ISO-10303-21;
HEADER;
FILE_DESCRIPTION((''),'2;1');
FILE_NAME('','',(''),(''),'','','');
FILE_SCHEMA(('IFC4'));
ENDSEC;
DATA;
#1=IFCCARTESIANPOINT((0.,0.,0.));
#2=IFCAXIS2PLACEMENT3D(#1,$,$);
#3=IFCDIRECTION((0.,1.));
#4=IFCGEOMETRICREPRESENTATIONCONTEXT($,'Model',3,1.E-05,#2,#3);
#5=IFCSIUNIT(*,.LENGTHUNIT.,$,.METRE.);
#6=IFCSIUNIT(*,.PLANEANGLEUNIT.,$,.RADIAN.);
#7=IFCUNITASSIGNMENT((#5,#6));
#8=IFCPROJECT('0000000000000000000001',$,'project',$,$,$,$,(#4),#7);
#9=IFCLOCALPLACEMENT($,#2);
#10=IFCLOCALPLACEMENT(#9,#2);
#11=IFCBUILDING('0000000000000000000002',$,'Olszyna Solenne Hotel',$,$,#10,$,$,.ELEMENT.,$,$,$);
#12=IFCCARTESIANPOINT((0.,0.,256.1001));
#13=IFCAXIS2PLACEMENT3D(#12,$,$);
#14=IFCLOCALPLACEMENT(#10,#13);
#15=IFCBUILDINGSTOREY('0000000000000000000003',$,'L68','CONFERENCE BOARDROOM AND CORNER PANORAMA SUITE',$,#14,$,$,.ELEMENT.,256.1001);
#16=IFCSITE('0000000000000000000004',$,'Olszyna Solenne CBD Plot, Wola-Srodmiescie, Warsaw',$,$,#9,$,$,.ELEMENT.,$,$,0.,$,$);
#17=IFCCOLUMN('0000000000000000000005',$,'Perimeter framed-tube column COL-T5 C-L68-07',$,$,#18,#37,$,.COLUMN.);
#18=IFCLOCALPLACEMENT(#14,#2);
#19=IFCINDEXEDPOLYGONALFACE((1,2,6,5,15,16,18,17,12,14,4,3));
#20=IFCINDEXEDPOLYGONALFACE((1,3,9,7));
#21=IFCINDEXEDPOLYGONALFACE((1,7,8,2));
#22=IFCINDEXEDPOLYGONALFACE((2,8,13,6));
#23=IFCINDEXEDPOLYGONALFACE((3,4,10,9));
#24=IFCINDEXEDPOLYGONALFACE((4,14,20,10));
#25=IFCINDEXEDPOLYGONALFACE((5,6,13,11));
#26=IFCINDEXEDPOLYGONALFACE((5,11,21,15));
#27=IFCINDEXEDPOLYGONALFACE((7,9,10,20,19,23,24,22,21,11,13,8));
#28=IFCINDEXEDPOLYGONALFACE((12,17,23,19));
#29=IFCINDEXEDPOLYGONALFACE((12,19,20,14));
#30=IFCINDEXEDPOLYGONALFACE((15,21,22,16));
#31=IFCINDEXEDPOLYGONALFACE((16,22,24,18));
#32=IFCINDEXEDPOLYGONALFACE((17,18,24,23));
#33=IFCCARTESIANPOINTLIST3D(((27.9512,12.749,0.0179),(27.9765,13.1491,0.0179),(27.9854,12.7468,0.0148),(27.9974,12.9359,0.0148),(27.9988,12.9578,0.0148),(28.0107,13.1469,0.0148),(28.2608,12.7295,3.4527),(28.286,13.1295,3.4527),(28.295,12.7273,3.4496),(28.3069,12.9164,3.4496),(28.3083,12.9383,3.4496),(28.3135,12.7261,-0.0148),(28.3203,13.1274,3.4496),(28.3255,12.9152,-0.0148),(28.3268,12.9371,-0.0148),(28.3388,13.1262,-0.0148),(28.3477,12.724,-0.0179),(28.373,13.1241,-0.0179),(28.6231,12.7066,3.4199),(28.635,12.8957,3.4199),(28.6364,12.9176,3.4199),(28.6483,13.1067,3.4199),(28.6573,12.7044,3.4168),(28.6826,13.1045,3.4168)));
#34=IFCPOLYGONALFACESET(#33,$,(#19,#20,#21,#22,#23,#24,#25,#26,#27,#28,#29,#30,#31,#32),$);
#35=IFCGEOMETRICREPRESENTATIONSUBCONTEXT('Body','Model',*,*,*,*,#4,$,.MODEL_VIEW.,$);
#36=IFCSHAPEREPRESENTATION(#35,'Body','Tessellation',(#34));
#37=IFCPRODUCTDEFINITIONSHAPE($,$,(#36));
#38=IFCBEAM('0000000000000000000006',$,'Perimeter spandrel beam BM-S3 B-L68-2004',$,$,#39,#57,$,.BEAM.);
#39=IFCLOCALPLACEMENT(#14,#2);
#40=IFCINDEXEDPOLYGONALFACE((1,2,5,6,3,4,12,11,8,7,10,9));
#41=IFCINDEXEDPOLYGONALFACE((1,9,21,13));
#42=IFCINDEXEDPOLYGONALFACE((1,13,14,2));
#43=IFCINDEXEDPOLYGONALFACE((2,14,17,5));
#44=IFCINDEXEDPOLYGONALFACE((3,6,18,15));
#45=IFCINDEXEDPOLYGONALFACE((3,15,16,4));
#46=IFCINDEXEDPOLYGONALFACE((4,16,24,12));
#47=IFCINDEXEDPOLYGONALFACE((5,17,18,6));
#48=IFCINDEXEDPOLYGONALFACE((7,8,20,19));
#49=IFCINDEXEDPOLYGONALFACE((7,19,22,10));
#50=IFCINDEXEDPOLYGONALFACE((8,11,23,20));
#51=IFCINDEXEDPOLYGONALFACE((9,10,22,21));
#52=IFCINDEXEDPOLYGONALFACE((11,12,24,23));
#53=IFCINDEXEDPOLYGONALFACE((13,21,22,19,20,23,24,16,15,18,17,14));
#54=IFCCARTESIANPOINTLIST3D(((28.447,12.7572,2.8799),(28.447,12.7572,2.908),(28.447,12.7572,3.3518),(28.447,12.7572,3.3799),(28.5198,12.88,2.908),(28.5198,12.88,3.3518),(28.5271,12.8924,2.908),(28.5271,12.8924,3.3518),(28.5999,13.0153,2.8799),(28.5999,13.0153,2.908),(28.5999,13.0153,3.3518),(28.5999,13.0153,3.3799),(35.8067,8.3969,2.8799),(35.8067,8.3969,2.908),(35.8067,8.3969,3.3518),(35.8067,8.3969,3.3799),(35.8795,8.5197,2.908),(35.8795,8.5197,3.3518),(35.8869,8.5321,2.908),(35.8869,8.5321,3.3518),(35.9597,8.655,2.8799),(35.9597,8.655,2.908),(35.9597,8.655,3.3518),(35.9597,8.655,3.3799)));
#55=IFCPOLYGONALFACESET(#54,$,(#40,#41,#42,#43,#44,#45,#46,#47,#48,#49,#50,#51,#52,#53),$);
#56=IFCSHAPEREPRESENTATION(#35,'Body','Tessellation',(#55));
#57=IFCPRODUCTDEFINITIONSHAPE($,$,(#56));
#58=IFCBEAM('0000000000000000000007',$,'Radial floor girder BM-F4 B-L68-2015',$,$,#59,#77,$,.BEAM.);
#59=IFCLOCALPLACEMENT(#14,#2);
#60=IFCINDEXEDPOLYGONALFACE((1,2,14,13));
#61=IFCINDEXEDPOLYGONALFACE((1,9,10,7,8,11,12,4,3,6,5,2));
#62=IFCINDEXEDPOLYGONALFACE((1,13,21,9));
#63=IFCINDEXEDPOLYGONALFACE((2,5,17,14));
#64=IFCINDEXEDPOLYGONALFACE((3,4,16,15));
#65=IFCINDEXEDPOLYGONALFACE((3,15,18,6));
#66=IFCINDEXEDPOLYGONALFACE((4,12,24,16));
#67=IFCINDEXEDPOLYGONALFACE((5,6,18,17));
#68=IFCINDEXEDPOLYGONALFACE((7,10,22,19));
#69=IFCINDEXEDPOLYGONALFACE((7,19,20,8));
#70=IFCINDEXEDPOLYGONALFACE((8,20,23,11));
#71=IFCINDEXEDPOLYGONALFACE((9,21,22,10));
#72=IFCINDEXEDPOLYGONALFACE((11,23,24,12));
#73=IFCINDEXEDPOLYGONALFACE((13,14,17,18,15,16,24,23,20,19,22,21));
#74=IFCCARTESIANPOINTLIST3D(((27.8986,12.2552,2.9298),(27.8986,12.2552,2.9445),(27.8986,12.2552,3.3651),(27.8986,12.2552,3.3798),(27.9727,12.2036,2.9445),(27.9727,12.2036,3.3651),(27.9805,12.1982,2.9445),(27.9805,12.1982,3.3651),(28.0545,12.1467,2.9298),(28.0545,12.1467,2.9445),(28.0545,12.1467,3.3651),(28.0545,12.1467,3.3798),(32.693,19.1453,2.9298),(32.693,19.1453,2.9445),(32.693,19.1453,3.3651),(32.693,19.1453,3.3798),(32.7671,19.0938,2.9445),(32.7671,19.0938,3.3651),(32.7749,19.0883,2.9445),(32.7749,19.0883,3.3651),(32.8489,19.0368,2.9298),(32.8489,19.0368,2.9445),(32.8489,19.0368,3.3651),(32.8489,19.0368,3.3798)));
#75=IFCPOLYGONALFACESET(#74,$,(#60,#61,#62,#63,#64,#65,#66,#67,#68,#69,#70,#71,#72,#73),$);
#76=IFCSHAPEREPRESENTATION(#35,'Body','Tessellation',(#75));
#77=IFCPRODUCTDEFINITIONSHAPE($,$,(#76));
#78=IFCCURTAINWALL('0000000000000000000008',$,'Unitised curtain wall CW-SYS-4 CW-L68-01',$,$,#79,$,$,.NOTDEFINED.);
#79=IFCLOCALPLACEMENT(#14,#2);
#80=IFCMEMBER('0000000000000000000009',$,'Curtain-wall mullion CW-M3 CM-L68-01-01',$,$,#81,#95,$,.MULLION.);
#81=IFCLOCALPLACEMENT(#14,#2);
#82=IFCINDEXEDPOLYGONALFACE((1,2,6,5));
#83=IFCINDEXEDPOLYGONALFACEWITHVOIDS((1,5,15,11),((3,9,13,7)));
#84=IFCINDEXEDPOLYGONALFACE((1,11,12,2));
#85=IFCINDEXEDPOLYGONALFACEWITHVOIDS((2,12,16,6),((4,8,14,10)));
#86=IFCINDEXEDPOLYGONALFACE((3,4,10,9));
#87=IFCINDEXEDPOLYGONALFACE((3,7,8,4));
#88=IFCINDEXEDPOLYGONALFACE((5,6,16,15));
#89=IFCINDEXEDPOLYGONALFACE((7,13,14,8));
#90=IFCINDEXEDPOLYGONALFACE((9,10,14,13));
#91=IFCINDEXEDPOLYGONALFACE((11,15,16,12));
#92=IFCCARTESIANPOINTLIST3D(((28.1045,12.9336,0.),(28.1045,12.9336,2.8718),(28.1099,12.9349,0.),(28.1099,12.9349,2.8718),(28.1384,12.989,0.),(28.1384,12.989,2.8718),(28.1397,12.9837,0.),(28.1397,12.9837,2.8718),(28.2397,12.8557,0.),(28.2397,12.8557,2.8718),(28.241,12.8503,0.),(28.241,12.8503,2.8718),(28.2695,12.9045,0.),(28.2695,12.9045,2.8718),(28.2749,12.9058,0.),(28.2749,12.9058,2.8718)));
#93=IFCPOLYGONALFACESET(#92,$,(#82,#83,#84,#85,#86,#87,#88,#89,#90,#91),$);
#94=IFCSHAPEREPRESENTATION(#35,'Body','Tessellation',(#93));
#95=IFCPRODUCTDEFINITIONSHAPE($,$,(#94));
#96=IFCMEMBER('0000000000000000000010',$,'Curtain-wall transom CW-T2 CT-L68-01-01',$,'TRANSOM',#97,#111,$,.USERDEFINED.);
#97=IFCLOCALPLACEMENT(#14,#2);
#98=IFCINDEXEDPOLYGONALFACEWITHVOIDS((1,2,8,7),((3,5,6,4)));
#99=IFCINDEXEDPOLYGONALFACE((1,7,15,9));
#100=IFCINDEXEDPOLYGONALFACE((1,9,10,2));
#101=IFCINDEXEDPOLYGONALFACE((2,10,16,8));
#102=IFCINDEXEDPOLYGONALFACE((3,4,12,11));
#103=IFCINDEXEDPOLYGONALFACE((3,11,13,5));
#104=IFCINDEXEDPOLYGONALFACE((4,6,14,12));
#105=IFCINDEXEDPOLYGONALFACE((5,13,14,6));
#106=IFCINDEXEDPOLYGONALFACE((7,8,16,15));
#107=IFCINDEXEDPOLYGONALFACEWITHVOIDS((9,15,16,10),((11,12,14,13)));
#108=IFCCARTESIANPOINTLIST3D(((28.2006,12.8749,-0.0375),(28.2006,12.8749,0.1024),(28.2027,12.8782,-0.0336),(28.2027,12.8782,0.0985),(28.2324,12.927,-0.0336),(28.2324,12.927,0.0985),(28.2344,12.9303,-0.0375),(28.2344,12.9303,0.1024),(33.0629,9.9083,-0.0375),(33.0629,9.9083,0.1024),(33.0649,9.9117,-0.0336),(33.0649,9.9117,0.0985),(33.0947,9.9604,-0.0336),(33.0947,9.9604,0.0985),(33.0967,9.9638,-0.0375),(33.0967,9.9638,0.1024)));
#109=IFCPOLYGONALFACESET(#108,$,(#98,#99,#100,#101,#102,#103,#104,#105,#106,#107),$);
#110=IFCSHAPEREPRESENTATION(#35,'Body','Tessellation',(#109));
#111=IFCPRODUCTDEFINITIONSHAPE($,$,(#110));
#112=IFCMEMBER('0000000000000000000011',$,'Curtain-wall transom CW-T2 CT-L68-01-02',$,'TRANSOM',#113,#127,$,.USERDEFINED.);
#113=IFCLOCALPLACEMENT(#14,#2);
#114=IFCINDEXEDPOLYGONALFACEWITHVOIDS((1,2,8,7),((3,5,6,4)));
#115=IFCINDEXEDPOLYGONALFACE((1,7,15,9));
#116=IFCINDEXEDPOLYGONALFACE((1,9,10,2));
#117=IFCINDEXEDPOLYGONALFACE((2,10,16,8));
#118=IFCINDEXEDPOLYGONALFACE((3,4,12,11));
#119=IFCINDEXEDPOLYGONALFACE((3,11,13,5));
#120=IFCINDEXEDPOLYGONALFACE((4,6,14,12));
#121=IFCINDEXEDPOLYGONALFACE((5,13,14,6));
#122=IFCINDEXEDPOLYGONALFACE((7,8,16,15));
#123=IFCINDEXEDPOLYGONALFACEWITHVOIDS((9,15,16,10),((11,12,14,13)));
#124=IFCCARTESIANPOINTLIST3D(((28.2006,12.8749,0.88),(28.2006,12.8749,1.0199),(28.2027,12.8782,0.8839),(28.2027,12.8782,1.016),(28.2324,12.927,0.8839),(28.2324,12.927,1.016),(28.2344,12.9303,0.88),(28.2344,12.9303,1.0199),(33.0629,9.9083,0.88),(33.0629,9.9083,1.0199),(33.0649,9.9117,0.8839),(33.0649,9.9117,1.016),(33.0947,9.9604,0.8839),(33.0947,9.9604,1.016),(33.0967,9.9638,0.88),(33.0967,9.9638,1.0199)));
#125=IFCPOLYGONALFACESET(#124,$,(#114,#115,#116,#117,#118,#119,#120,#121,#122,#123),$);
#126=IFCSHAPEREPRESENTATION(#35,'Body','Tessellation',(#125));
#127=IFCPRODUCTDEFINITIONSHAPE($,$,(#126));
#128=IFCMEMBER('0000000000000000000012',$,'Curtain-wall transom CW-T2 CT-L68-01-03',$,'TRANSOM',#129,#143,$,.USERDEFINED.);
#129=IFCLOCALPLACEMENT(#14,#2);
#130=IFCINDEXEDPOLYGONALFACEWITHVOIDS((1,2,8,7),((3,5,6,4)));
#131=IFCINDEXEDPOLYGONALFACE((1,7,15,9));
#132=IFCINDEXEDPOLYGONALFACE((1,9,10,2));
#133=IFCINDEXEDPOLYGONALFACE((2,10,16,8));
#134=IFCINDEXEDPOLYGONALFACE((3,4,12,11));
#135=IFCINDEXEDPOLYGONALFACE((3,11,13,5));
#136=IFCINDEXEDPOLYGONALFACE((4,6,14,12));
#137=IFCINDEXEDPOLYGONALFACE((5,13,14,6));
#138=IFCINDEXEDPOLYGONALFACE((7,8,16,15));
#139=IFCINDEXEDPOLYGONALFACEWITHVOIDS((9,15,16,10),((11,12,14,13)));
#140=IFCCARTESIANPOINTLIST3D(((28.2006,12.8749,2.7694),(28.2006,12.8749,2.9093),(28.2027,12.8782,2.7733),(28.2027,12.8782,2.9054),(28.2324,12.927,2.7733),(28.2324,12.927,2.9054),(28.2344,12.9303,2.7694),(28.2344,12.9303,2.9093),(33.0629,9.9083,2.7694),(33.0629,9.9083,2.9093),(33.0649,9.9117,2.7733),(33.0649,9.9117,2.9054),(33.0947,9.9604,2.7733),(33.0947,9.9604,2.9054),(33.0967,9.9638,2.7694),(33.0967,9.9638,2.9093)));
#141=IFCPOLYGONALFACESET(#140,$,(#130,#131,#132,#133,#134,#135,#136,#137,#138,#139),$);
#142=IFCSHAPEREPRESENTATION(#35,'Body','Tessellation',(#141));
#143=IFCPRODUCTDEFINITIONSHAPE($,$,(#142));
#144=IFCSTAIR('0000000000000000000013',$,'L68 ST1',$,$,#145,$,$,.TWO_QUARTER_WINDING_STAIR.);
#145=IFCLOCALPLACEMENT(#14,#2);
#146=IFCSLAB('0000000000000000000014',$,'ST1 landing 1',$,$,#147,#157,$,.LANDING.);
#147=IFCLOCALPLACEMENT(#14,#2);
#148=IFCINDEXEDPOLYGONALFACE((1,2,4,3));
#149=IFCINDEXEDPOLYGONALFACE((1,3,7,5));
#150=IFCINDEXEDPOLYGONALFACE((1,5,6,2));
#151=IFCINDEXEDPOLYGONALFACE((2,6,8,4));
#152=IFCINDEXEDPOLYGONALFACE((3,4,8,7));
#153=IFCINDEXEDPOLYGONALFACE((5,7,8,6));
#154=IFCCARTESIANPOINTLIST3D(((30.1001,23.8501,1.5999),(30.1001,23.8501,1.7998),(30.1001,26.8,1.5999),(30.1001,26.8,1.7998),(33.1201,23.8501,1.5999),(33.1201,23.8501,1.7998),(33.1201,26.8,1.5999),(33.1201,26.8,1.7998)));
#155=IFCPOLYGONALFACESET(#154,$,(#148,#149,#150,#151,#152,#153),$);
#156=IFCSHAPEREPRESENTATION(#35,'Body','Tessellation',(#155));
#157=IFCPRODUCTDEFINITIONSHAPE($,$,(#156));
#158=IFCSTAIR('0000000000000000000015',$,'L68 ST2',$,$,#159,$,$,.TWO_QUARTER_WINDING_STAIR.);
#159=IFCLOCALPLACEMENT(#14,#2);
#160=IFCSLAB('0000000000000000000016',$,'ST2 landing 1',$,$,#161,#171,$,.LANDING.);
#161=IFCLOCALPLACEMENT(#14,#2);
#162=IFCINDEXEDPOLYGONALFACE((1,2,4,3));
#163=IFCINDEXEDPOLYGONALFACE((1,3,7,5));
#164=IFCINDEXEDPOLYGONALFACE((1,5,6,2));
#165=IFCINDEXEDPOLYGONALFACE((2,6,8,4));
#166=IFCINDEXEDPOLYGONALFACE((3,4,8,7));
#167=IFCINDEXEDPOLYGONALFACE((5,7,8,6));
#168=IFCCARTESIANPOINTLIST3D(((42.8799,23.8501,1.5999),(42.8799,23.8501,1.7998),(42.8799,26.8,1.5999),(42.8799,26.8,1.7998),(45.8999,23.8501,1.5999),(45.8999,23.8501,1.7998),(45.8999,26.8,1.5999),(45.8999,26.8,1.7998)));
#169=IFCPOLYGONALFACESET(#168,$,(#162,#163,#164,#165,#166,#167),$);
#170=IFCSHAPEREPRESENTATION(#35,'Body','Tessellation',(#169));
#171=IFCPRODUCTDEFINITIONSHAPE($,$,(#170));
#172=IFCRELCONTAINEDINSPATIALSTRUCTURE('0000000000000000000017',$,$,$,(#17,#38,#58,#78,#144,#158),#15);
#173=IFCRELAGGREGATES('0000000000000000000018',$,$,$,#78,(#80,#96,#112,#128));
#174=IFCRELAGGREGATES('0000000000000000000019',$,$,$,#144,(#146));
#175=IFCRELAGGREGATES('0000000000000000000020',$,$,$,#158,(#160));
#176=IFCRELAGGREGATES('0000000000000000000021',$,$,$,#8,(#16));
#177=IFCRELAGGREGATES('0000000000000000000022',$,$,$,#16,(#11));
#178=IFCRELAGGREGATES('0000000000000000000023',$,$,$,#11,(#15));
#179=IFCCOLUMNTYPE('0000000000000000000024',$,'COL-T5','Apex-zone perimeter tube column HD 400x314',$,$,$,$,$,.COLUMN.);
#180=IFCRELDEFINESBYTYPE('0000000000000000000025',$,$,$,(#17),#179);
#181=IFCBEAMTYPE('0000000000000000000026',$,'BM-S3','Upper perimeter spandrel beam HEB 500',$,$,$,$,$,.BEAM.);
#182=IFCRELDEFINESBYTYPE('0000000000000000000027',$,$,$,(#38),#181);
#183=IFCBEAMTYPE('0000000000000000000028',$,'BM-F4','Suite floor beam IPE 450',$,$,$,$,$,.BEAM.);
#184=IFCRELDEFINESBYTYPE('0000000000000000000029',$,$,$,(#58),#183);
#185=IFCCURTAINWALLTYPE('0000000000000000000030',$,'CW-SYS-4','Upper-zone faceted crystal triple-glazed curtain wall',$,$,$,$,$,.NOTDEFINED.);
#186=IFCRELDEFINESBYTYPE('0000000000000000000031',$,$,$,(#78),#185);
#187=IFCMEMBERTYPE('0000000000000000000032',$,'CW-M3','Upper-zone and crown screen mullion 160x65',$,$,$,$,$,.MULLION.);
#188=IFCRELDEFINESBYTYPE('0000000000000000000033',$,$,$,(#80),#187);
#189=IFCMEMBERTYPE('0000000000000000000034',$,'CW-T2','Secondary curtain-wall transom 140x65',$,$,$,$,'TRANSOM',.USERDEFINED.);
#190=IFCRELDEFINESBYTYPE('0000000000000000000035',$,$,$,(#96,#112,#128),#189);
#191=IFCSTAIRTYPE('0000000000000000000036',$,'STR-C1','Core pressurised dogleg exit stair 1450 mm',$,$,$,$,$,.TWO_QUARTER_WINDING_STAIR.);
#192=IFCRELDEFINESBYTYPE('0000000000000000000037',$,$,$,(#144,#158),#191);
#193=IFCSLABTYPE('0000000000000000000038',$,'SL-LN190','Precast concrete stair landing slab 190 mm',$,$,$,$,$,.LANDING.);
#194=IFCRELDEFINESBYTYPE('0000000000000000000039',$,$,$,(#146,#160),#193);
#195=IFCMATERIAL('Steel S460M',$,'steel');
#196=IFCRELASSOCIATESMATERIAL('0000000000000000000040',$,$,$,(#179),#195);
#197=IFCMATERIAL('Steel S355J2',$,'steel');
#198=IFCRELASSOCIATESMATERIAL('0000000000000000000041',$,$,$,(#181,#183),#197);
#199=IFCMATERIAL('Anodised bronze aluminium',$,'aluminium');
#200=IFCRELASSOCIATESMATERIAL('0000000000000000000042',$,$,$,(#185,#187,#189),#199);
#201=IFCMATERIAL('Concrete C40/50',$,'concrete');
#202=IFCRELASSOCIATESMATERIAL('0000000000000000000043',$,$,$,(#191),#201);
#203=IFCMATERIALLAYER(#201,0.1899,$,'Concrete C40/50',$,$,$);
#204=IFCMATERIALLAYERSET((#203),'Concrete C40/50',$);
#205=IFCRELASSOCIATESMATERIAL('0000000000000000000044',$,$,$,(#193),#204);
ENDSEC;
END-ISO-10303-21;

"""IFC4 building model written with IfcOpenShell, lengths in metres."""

from ifc_helpers import new_model, si_unit, direction, frame, origin, origin_2d, place, context, subcontext, project, spatial, polyline, hollow_rectangle, i_section, outline, extrude, source, transform, mapped, material, layer, layer_set, material_profile, profile_set, type_object, element, aggregate, save


model = new_model("IFC4")

# Units and contexts
model_context = context("Model", 3, precision=1e-05, world=origin(), true_north=direction((0.0, 1.0)))
body_context = subcontext(model_context, "Body", "Model", "MODEL_VIEW")
ifc_project = project(units=[si_unit("LENGTHUNIT", "METRE"), si_unit("PLANEANGLEUNIT", "RADIAN")], contexts=[model_context])

# Site, building, storey
site_placement = place(None, origin())
site = spatial("IfcSite", under=ifc_project, at=site_placement, Name="Olszyna Solenne CBD Plot, Wola-Srodmiescie, Warsaw", CompositionType="ELEMENT", RefElevation=0.0)
building_placement = place(site_placement, origin())
building = spatial("IfcBuilding", under=site, at=building_placement, Name="Olszyna Solenne Hotel", CompositionType="ELEMENT")
storey_placement = place(building_placement, frame((0.0, 0.0, 256.1001)))
storey = spatial("IfcBuildingStorey", under=building, at=storey_placement, Name="L68", Description="CONFERENCE BOARDROOM AND CORNER PANORAMA SUITE", CompositionType="ELEMENT", Elevation=256.1001)

# Column
ifc_material_1 = material(Name="Steel S460M", Category="steel")
ifc_material_profile_1 = material_profile(ifc_material_1, i_section(OverallWidth=0.4009, OverallDepth=0.3989, WebThickness=0.022, FlangeThickness=0.0344, at=origin_2d()), Name="HD 400x314", Category="load-bearing")
ifc_profile_set_1 = profile_set([ifc_material_profile_1], Name="Steel S460M")
column_type = type_object("IfcColumnType", Name="COL-T5", Description="Apex-zone perimeter tube column HD 400x314", PredefinedType="COLUMN", material=ifc_profile_set_1)
shared_shape_1 = source(origin(), body_context, "Body", "SweptSolid", [
    extrude(i_section(OverallWidth=0.4009, OverallDepth=0.3989, WebThickness=0.022, FlangeThickness=0.0344, at=origin_2d()), origin(), (0.0, 0.0, 1.0), 3.4487),
])
column_placement = place(storey_placement, frame((28.1621, 12.9365, 0.0), z_axis=(0.089762, -0.005663, 0.995947), x_axis=(0.062966, 0.998016, 0.0)))
element("IfcColumn", 1, at=column_placement, inside=storey, type_object=column_type, Name="Perimeter framed-tube column COL-T5 C-L68-07", PredefinedType="COLUMN", context=body_context, shape_type="MappedRepresentation", body=[
    mapped(shared_shape_1, transform((0.0, 0.0, 0.0), x_axis=(1.0, 0.0, 0.0), y_axis=(0.0, 1.0, 0.0), z_axis=(0.0, 0.0, 1.0), scale=1.0)),
])

# Beams
ifc_material_2 = material(Name="Steel S355J2", Category="steel")
ifc_material_profile_2 = material_profile(ifc_material_2, i_section(OverallWidth=0.3, OverallDepth=0.5, WebThickness=0.0144, FlangeThickness=0.0281, at=origin_2d()), Name="HEB 500", Category="load-bearing")
ifc_profile_set_2 = profile_set([ifc_material_profile_2], Name="Steel S355J2")
beam_type_1 = type_object("IfcBeamType", Name="BM-S3", Description="Upper perimeter spandrel beam HEB 500", PredefinedType="BEAM", material=ifc_profile_set_2)
shared_shape_2 = source(origin(), body_context, "Body", "SweptSolid", [
    extrude(i_section(OverallWidth=0.3, OverallDepth=0.5, WebThickness=0.0144, FlangeThickness=0.0281, at=origin_2d()), origin(), (0.0, 0.0, 1.0), 8.5544),
])
beam_1_placement = place(storey_placement, frame((28.5234, 12.8862, 3.1299), z_axis=(0.860345, -0.509712, 0.0), x_axis=(0.509712, 0.860345, 0.0)))
element("IfcBeam", 2, at=beam_1_placement, inside=storey, type_object=beam_type_1, Name="Perimeter spandrel beam BM-S3 B-L68-2004", PredefinedType="BEAM", context=body_context, shape_type="MappedRepresentation", body=[
    mapped(shared_shape_2, transform((0.0, 0.0, 0.0), x_axis=(1.0, 0.0, 0.0), y_axis=(0.0, 1.0, 0.0), z_axis=(0.0, 0.0, 1.0), scale=1.0)),
])
ifc_material_profile_3 = material_profile(ifc_material_2, i_section(OverallWidth=0.1899, OverallDepth=0.45, WebThickness=0.0095, FlangeThickness=0.0146, at=origin_2d()), Name="IPE 450", Category="load-bearing")
ifc_profile_set_3 = profile_set([ifc_material_profile_3], Name="Steel S355J2")
beam_type_2 = type_object("IfcBeamType", Name="BM-F4", Description="Suite floor beam IPE 450", PredefinedType="BEAM", material=ifc_profile_set_3)
shared_shape_3 = source(origin(), body_context, "Body", "SweptSolid", [
    extrude(i_section(OverallWidth=0.1899, OverallDepth=0.45, WebThickness=0.0095, FlangeThickness=0.0146, at=origin_2d()), origin(), (0.0, 0.0, 1.0), 8.394),
])
beam_2_placement = place(storey_placement, frame((27.9766, 12.2009, 3.1548), z_axis=(0.571168, 0.820833, 0.0), x_axis=(-0.820833, 0.571168, 0.0)))
element("IfcBeam", 3, at=beam_2_placement, inside=storey, type_object=beam_type_2, Name="Radial floor girder BM-F4 B-L68-2015", PredefinedType="BEAM", context=body_context, shape_type="MappedRepresentation", body=[
    mapped(shared_shape_3, transform((0.0, 0.0, 0.0), x_axis=(1.0, 0.0, 0.0), y_axis=(0.0, 1.0, 0.0), z_axis=(0.0, 0.0, 1.0), scale=1.0)),
])

# Curtain wall, members
ifc_material_3 = material(Name="Anodised bronze aluminium", Category="aluminium")
curtain_wall_type = type_object("IfcCurtainWallType", Name="CW-SYS-4", Description="Upper-zone faceted crystal triple-glazed curtain wall", PredefinedType="NOTDEFINED", material=ifc_material_3)
curtain_wall_placement = place(storey_placement, origin())
curtain_wall = element("IfcCurtainWall", 4, at=curtain_wall_placement, inside=storey, type_object=curtain_wall_type, Name="Unitised curtain wall CW-SYS-4 CW-L68-01", PredefinedType="NOTDEFINED")
ifc_material_profile_4 = material_profile(ifc_material_3, hollow_rectangle(XDim=0.0649, YDim=0.1599, WallThickness=0.0039, at=origin_2d()), Name="MULL 160x65x4", Category="load-bearing")
ifc_profile_set_4 = profile_set([ifc_material_profile_4], Name="Anodised bronze aluminium")
member_type_1 = type_object("IfcMemberType", Name="CW-M3", Description="Upper-zone and crown screen mullion 160x65", PredefinedType="MULLION", material=ifc_profile_set_4)
shared_shape_4 = source(origin(), body_context, "Body", "SweptSolid", [
    extrude(hollow_rectangle(XDim=0.0649, YDim=0.1599, WallThickness=0.0039, at=origin_2d()), origin(), (0.0, 0.0, 1.0), 2.8718),
])
member_1_placement = place(storey_placement, frame((28.1897, 12.9197, 0.0), z_axis=(0.0, 0.0, 1.0), x_axis=(0.520829, 0.853661, 0.0)))
member_1 = element("IfcMember", 5, at=member_1_placement, type_object=member_type_1, Name="Curtain-wall mullion CW-M3 CM-L68-01-01", PredefinedType="MULLION", context=body_context, shape_type="MappedRepresentation", body=[
    mapped(shared_shape_4, transform((0.0, 0.0, 0.0), x_axis=(1.0, 0.0, 0.0), y_axis=(0.0, 1.0, 0.0), z_axis=(0.0, 0.0, 1.0), scale=1.0)),
])
ifc_material_profile_5 = material_profile(ifc_material_3, hollow_rectangle(XDim=0.0649, YDim=0.1399, WallThickness=0.0039, at=origin_2d()), Name="TRAN 140x65x4", Category="load-bearing")
ifc_profile_set_5 = profile_set([ifc_material_profile_5], Name="Anodised bronze aluminium")
member_type_2 = type_object("IfcMemberType", Name="CW-T2", Description="Secondary curtain-wall transom 140x65", ElementType="TRANSOM", PredefinedType="USERDEFINED", material=ifc_profile_set_5)
shared_shape_5 = source(origin(), body_context, "Body", "SweptSolid", [
    extrude(hollow_rectangle(XDim=0.0649, YDim=0.1399, WallThickness=0.0039, at=origin_2d()), origin(), (0.0, 0.0, 1.0), 5.6958),
])
member_2_placement = place(storey_placement, frame((28.2175, 12.9026, 0.0325), z_axis=(0.853661, -0.520829, 0.0), x_axis=(0.520829, 0.853661, 0.0)))
member_2 = element("IfcMember", 6, at=member_2_placement, type_object=member_type_2, Name="Curtain-wall transom CW-T2 CT-L68-01-01", ObjectType="TRANSOM", PredefinedType="USERDEFINED", context=body_context, shape_type="MappedRepresentation", body=[
    mapped(shared_shape_5, transform((0.0, 0.0, 0.0), x_axis=(1.0, 0.0, 0.0), y_axis=(0.0, 1.0, 0.0), z_axis=(0.0, 0.0, 1.0), scale=1.0)),
])
member_3_placement = place(storey_placement, frame((28.2175, 12.9026, 0.95), z_axis=(0.853661, -0.520829, 0.0), x_axis=(0.520829, 0.853661, 0.0)))
member_3 = element("IfcMember", 7, at=member_3_placement, type_object=member_type_2, Name="Curtain-wall transom CW-T2 CT-L68-01-02", ObjectType="TRANSOM", PredefinedType="USERDEFINED", context=body_context, shape_type="MappedRepresentation", body=[
    mapped(shared_shape_5, transform((0.0, 0.0, 0.0), x_axis=(1.0, 0.0, 0.0), y_axis=(0.0, 1.0, 0.0), z_axis=(0.0, 0.0, 1.0), scale=1.0)),
])
member_4_placement = place(storey_placement, frame((28.2175, 12.9026, 2.8394), z_axis=(0.853661, -0.520829, 0.0), x_axis=(0.520829, 0.853661, 0.0)))
member_4 = element("IfcMember", 8, at=member_4_placement, type_object=member_type_2, Name="Curtain-wall transom CW-T2 CT-L68-01-03", ObjectType="TRANSOM", PredefinedType="USERDEFINED", context=body_context, shape_type="MappedRepresentation", body=[
    mapped(shared_shape_5, transform((0.0, 0.0, 0.0), x_axis=(1.0, 0.0, 0.0), y_axis=(0.0, 1.0, 0.0), z_axis=(0.0, 0.0, 1.0), scale=1.0)),
])
aggregate(curtain_wall, [member_1, member_2, member_3, member_4])

# Stairs, slabs
ifc_material_4 = material(Name="Concrete C40/50", Category="concrete")
stair_type = type_object("IfcStairType", Name="STR-C1", Description="Core pressurised dogleg exit stair 1450 mm", PredefinedType="TWO_QUARTER_WINDING_STAIR", material=ifc_material_4)
stair_1_placement = place(storey_placement, origin())
stair_1 = element("IfcStair", 9, at=stair_1_placement, inside=storey, type_object=stair_type, Name="L68 ST1", PredefinedType="TWO_QUARTER_WINDING_STAIR")
ifc_layer_1 = layer(ifc_material_4, 0.1899, Name="Concrete C40/50")
ifc_layer_set_1 = layer_set([ifc_layer_1], Name="Concrete C40/50")
slab_type_1 = type_object("IfcSlabType", Name="SL-LN190", Description="Precast concrete stair landing slab 190 mm", PredefinedType="LANDING", material=ifc_layer_set_1)
slab_1_placement = place(storey_placement, frame((0.0, 0.0, 1.5999)))
slab_1 = element("IfcSlab", 10, at=slab_1_placement, type_object=slab_type_1, Name="ST1 landing 1", PredefinedType="LANDING", context=body_context, shape_type="SweptSolid", body=[
    extrude(outline(polyline([(33.1201, 23.8501), (33.1201, 26.8), (30.1001, 26.8), (30.1001, 23.8501), (33.1201, 23.8501)])), origin(), (0.0, 0.0, 1.0), 0.2),
])
aggregate(stair_1, [slab_1])
stair_2_placement = place(storey_placement, origin())
stair_2 = element("IfcStair", 11, at=stair_2_placement, inside=storey, type_object=stair_type, Name="L68 ST2", PredefinedType="TWO_QUARTER_WINDING_STAIR")
slab_2_placement = place(storey_placement, frame((0.0, 0.0, 1.5999)))
slab_2 = element("IfcSlab", 12, at=slab_2_placement, type_object=slab_type_1, Name="ST2 landing 1", PredefinedType="LANDING", context=body_context, shape_type="SweptSolid", body=[
    extrude(outline(polyline([(45.8999, 23.8501), (45.8999, 26.8), (42.8799, 26.8), (42.8799, 23.8501), (45.8999, 23.8501)])), origin(), (0.0, 0.0, 1.0), 0.2),
])
aggregate(stair_2, [slab_2])

save(model, "model.ifc")
